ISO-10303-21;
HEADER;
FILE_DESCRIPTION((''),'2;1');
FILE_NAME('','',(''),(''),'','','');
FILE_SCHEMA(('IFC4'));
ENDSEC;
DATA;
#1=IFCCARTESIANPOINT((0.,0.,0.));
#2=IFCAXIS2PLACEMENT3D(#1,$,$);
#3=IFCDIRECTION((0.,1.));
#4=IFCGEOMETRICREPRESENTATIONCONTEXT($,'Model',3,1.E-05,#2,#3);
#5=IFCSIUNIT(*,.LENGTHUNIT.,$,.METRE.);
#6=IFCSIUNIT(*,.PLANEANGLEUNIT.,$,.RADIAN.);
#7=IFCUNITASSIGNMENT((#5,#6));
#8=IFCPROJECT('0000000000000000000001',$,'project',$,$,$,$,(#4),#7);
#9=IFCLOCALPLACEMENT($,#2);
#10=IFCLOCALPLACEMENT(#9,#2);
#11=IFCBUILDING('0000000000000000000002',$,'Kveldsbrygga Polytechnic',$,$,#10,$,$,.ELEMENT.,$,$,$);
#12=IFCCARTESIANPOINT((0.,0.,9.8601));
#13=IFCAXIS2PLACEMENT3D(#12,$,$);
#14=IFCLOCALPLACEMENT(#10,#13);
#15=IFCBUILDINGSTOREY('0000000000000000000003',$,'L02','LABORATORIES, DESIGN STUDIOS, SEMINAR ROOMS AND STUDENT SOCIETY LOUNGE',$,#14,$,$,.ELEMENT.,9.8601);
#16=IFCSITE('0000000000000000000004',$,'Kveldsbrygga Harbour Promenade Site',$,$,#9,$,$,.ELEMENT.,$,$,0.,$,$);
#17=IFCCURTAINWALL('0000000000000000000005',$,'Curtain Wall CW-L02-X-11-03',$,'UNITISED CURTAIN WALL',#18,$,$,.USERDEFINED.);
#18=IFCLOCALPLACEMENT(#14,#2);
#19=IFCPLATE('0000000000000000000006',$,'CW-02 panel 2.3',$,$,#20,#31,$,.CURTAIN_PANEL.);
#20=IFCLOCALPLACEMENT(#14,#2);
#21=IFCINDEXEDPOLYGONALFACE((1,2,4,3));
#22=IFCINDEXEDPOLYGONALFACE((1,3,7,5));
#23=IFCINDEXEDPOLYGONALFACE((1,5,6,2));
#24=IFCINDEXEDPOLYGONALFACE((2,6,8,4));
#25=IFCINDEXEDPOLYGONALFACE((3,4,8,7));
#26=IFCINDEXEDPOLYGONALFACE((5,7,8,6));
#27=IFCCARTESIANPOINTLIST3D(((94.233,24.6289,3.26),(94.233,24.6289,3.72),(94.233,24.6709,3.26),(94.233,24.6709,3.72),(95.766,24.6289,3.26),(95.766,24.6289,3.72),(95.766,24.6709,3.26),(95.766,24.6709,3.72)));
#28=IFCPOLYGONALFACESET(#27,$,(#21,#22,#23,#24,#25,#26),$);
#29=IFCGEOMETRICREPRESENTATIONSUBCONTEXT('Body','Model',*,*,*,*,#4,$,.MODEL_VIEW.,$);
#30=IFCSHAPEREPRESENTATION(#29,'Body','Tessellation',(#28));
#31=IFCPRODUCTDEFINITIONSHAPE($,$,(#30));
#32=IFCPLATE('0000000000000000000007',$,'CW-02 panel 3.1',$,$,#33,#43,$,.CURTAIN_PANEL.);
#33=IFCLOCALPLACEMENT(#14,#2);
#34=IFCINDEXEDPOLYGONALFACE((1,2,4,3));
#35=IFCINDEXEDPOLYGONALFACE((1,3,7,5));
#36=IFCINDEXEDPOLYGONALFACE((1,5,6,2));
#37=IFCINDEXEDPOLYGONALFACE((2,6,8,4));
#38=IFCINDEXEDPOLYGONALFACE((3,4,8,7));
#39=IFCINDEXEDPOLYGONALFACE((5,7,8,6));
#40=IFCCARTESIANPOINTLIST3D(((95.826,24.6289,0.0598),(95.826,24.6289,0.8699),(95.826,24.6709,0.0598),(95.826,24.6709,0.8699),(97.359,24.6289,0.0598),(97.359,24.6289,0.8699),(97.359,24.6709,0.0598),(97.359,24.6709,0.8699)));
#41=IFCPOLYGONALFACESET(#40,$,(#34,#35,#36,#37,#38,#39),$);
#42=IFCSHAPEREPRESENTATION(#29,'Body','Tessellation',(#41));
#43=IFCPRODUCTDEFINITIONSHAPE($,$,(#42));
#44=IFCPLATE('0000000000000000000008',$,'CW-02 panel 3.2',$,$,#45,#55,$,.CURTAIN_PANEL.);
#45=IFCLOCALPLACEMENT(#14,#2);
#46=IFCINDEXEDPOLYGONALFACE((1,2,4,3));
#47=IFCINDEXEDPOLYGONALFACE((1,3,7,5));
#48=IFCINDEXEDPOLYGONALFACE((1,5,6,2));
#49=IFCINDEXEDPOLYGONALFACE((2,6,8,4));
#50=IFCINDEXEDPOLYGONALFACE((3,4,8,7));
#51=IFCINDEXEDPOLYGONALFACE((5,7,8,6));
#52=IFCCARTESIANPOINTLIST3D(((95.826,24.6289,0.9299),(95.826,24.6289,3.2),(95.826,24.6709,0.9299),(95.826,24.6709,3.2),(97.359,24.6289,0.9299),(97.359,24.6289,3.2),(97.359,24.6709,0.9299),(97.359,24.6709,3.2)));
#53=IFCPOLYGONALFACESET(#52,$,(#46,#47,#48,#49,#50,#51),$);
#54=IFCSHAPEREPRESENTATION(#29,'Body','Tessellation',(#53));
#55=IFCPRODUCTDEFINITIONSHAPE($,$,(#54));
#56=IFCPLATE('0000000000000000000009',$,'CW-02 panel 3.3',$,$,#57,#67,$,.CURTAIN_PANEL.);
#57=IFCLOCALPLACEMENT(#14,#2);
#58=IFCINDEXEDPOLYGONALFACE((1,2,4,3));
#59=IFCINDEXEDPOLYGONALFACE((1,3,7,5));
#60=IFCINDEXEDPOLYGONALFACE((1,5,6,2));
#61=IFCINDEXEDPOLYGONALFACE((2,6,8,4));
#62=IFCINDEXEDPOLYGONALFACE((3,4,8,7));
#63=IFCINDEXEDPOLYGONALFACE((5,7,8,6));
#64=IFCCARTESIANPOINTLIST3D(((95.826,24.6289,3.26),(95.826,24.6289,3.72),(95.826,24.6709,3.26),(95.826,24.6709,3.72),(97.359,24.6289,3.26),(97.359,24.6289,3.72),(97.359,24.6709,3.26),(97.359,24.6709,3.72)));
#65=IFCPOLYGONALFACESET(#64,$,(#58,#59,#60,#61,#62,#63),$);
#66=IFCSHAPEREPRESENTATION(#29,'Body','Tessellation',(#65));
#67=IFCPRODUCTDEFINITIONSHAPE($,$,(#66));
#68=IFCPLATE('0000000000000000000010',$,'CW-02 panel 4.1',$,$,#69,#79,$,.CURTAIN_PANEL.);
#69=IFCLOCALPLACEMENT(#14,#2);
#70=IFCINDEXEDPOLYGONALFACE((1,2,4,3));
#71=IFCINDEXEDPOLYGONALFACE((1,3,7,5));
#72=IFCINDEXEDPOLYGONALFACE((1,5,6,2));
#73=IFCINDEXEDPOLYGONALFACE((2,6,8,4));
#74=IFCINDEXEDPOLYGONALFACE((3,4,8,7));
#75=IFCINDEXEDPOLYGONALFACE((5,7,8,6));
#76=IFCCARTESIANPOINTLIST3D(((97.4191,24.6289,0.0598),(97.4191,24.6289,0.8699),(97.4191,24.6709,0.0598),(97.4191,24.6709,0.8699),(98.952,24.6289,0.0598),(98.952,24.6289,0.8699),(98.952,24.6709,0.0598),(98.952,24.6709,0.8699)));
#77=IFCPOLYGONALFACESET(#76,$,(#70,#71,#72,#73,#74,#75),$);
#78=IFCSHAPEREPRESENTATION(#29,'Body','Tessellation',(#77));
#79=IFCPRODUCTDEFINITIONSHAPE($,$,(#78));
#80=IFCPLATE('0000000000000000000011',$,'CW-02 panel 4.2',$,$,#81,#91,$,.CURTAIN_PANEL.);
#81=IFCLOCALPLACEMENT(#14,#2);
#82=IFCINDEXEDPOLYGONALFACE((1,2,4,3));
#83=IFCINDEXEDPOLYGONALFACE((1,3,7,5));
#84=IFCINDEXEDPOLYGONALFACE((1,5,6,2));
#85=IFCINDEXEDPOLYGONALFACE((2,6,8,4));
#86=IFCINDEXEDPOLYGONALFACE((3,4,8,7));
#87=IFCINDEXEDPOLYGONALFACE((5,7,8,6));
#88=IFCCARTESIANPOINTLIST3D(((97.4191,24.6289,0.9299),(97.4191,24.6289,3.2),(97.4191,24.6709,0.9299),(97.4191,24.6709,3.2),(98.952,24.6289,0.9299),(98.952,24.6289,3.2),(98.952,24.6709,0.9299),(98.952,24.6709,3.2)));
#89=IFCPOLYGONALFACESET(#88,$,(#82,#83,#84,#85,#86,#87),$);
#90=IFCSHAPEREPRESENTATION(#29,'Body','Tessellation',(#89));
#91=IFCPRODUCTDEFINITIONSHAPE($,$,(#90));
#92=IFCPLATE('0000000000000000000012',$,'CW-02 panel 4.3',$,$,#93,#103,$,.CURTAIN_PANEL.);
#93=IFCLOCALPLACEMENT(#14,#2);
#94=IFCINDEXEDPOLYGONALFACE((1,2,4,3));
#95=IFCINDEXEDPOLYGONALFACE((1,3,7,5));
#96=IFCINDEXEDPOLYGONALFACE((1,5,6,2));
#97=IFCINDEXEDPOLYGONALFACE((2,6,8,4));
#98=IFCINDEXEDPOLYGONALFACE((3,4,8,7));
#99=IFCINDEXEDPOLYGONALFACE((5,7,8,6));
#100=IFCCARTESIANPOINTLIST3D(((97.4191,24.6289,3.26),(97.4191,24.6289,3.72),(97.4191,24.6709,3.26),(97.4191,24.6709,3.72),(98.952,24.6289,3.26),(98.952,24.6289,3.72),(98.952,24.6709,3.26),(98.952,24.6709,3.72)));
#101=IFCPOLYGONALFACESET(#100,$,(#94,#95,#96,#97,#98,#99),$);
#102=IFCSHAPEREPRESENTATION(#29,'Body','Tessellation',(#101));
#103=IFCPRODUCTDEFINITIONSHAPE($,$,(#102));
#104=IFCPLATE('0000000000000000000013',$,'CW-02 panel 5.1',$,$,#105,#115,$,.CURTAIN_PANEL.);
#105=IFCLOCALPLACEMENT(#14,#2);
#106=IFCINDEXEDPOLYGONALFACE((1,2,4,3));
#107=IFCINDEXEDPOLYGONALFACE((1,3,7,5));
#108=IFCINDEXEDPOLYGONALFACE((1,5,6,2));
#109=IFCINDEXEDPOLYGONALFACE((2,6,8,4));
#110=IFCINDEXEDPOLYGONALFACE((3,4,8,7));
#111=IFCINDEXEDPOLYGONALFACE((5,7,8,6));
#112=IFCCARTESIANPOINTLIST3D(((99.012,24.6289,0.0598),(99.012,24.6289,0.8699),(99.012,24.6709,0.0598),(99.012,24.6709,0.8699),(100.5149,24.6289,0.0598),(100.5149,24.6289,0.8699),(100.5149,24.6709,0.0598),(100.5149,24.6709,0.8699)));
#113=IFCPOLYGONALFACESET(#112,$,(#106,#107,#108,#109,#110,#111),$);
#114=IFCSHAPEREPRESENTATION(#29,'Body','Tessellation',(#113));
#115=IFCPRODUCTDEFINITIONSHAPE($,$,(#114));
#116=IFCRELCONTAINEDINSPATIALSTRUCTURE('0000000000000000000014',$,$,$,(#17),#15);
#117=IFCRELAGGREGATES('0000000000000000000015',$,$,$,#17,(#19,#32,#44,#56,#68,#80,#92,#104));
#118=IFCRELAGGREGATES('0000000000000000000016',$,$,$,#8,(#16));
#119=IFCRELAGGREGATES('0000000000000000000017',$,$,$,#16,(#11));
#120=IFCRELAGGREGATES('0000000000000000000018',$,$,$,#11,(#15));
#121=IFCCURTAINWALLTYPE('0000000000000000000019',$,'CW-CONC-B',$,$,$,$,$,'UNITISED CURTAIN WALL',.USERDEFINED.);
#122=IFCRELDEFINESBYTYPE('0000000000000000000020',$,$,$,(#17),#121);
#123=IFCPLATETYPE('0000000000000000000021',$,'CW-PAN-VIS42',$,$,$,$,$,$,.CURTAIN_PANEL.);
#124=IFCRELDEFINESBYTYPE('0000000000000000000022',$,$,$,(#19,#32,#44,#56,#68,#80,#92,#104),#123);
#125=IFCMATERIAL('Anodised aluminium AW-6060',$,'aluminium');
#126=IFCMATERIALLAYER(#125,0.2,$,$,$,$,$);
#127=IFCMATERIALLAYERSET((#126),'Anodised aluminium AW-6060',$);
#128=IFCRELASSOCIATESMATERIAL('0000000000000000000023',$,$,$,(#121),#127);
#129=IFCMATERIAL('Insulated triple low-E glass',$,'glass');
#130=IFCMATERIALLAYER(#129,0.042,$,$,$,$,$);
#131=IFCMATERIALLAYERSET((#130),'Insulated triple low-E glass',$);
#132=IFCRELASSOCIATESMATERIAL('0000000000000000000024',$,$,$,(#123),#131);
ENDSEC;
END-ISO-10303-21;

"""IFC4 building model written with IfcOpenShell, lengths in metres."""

from ifc_helpers import new_model, si_unit, direction, frame, origin, origin_2d, place, context, subcontext, project, spatial, rectangle, extrude, material, layer, layer_set, type_object, element, aggregate, save


model = new_model("IFC4")

# Units and contexts
model_context = context("Model", 3, precision=1e-05, world=origin(), true_north=direction((0.0, 1.0)))
body_context = subcontext(model_context, "Body", "Model", "MODEL_VIEW")
ifc_project = project(units=[si_unit("LENGTHUNIT", "METRE"), si_unit("PLANEANGLEUNIT", "RADIAN")], contexts=[model_context])

# Site, building, storey
site_placement = place(None, origin())
site = spatial("IfcSite", under=ifc_project, at=site_placement, Name="Kveldsbrygga Harbour Promenade Site", CompositionType="ELEMENT", RefElevation=0.0)
building_placement = place(site_placement, origin())
building = spatial("IfcBuilding", under=site, at=building_placement, Name="Kveldsbrygga Polytechnic", CompositionType="ELEMENT")
storey_placement = place(building_placement, frame((0.0, 0.0, 9.8601)))
storey = spatial("IfcBuildingStorey", under=building, at=storey_placement, Name="L02", Description="LABORATORIES, DESIGN STUDIOS, SEMINAR ROOMS AND STUDENT SOCIETY LOUNGE", CompositionType="ELEMENT", Elevation=9.8601)

# Curtain wall, plates
ifc_material_1 = material(Name="Anodised aluminium AW-6060", Category="aluminium")
ifc_layer_1 = layer(ifc_material_1, 0.2)
ifc_layer_set_1 = layer_set([ifc_layer_1], Name="Anodised aluminium AW-6060")
curtain_wall_type = type_object("IfcCurtainWallType", Name="CW-CONC-B", ElementType="UNITISED CURTAIN WALL", PredefinedType="USERDEFINED", material=ifc_layer_set_1)
curtain_wall_placement = place(storey_placement, origin())
curtain_wall = element("IfcCurtainWall", 1, at=curtain_wall_placement, inside=storey, type_object=curtain_wall_type, Name="Curtain Wall CW-L02-X-11-03", ObjectType="UNITISED CURTAIN WALL", PredefinedType="USERDEFINED")
ifc_material_2 = material(Name="Insulated triple low-E glass", Category="glass")
ifc_layer_2 = layer(ifc_material_2, 0.042)
ifc_layer_set_2 = layer_set([ifc_layer_2], Name="Insulated triple low-E glass")
plate_type = type_object("IfcPlateType", Name="CW-PAN-VIS42", PredefinedType="CURTAIN_PANEL", material=ifc_layer_set_2)
plate_1_placement = place(storey_placement, frame((94.9995, 24.6499, 3.26), z_axis=(0.0, 0.0, 1.0), x_axis=(1.0, 0.0, 0.0)))
plate_1 = element("IfcPlate", 2, at=plate_1_placement, type_object=plate_type, Name="CW-02 panel 2.3", PredefinedType="CURTAIN_PANEL", context=body_context, shape_type="SweptSolid", body=[
    extrude(rectangle(XDim=1.533, YDim=0.042, at=origin_2d()), origin(), (0.0, 0.0, 1.0), 0.46),
])
plate_2_placement = place(storey_placement, frame((96.5925, 24.6499, 0.0598), z_axis=(0.0, 0.0, 1.0), x_axis=(1.0, 0.0, 0.0)))
plate_2 = element("IfcPlate", 3, at=plate_2_placement, type_object=plate_type, Name="CW-02 panel 3.1", PredefinedType="CURTAIN_PANEL", context=body_context, shape_type="SweptSolid", body=[
    extrude(rectangle(XDim=1.533, YDim=0.042, at=origin_2d()), origin(), (0.0, 0.0, 1.0), 0.8101),
])
plate_3_placement = place(storey_placement, frame((96.5925, 24.6499, 0.9299), z_axis=(0.0, 0.0, 1.0), x_axis=(1.0, 0.0, 0.0)))
plate_3 = element("IfcPlate", 4, at=plate_3_placement, type_object=plate_type, Name="CW-02 panel 3.2", PredefinedType="CURTAIN_PANEL", context=body_context, shape_type="SweptSolid", body=[
    extrude(rectangle(XDim=1.533, YDim=0.042, at=origin_2d()), origin(), (0.0, 0.0, 1.0), 2.27),
])
plate_4_placement = place(storey_placement, frame((96.5925, 24.6499, 3.26), z_axis=(0.0, 0.0, 1.0), x_axis=(1.0, 0.0, 0.0)))
plate_4 = element("IfcPlate", 5, at=plate_4_placement, type_object=plate_type, Name="CW-02 panel 3.3", PredefinedType="CURTAIN_PANEL", context=body_context, shape_type="SweptSolid", body=[
    extrude(rectangle(XDim=1.533, YDim=0.042, at=origin_2d()), origin(), (0.0, 0.0, 1.0), 0.46),
])
plate_5_placement = place(storey_placement, frame((98.1855, 24.6499, 0.0598), z_axis=(0.0, 0.0, 1.0), x_axis=(1.0, 0.0, 0.0)))
plate_5 = element("IfcPlate", 6, at=plate_5_placement, type_object=plate_type, Name="CW-02 panel 4.1", PredefinedType="CURTAIN_PANEL", context=body_context, shape_type="SweptSolid", body=[
    extrude(rectangle(XDim=1.533, YDim=0.042, at=origin_2d()), origin(), (0.0, 0.0, 1.0), 0.8101),
])
plate_6_placement = place(storey_placement, frame((98.1855, 24.6499, 0.9299), z_axis=(0.0, 0.0, 1.0), x_axis=(1.0, 0.0, 0.0)))
plate_6 = element("IfcPlate", 7, at=plate_6_placement, type_object=plate_type, Name="CW-02 panel 4.2", PredefinedType="CURTAIN_PANEL", context=body_context, shape_type="SweptSolid", body=[
    extrude(rectangle(XDim=1.533, YDim=0.042, at=origin_2d()), origin(), (0.0, 0.0, 1.0), 2.27),
])
plate_7_placement = place(storey_placement, frame((98.1855, 24.6499, 3.26), z_axis=(0.0, 0.0, 1.0), x_axis=(1.0, 0.0, 0.0)))
plate_7 = element("IfcPlate", 8, at=plate_7_placement, type_object=plate_type, Name="CW-02 panel 4.3", PredefinedType="CURTAIN_PANEL", context=body_context, shape_type="SweptSolid", body=[
    extrude(rectangle(XDim=1.533, YDim=0.042, at=origin_2d()), origin(), (0.0, 0.0, 1.0), 0.46),
])
plate_8_placement = place(storey_placement, frame((99.7634, 24.6499, 0.0598), z_axis=(0.0, 0.0, 1.0), x_axis=(1.0, 0.0, 0.0)))
plate_8 = element("IfcPlate", 9, at=plate_8_placement, type_object=plate_type, Name="CW-02 panel 5.1", PredefinedType="CURTAIN_PANEL", context=body_context, shape_type="SweptSolid", body=[
    extrude(rectangle(XDim=1.5029, YDim=0.042, at=origin_2d()), origin(), (0.0, 0.0, 1.0), 0.8101),
])
aggregate(curtain_wall, [plate_1, plate_2, plate_3, plate_4, plate_5, plate_6, plate_7, plate_8])

save(model, "model.ifc")
